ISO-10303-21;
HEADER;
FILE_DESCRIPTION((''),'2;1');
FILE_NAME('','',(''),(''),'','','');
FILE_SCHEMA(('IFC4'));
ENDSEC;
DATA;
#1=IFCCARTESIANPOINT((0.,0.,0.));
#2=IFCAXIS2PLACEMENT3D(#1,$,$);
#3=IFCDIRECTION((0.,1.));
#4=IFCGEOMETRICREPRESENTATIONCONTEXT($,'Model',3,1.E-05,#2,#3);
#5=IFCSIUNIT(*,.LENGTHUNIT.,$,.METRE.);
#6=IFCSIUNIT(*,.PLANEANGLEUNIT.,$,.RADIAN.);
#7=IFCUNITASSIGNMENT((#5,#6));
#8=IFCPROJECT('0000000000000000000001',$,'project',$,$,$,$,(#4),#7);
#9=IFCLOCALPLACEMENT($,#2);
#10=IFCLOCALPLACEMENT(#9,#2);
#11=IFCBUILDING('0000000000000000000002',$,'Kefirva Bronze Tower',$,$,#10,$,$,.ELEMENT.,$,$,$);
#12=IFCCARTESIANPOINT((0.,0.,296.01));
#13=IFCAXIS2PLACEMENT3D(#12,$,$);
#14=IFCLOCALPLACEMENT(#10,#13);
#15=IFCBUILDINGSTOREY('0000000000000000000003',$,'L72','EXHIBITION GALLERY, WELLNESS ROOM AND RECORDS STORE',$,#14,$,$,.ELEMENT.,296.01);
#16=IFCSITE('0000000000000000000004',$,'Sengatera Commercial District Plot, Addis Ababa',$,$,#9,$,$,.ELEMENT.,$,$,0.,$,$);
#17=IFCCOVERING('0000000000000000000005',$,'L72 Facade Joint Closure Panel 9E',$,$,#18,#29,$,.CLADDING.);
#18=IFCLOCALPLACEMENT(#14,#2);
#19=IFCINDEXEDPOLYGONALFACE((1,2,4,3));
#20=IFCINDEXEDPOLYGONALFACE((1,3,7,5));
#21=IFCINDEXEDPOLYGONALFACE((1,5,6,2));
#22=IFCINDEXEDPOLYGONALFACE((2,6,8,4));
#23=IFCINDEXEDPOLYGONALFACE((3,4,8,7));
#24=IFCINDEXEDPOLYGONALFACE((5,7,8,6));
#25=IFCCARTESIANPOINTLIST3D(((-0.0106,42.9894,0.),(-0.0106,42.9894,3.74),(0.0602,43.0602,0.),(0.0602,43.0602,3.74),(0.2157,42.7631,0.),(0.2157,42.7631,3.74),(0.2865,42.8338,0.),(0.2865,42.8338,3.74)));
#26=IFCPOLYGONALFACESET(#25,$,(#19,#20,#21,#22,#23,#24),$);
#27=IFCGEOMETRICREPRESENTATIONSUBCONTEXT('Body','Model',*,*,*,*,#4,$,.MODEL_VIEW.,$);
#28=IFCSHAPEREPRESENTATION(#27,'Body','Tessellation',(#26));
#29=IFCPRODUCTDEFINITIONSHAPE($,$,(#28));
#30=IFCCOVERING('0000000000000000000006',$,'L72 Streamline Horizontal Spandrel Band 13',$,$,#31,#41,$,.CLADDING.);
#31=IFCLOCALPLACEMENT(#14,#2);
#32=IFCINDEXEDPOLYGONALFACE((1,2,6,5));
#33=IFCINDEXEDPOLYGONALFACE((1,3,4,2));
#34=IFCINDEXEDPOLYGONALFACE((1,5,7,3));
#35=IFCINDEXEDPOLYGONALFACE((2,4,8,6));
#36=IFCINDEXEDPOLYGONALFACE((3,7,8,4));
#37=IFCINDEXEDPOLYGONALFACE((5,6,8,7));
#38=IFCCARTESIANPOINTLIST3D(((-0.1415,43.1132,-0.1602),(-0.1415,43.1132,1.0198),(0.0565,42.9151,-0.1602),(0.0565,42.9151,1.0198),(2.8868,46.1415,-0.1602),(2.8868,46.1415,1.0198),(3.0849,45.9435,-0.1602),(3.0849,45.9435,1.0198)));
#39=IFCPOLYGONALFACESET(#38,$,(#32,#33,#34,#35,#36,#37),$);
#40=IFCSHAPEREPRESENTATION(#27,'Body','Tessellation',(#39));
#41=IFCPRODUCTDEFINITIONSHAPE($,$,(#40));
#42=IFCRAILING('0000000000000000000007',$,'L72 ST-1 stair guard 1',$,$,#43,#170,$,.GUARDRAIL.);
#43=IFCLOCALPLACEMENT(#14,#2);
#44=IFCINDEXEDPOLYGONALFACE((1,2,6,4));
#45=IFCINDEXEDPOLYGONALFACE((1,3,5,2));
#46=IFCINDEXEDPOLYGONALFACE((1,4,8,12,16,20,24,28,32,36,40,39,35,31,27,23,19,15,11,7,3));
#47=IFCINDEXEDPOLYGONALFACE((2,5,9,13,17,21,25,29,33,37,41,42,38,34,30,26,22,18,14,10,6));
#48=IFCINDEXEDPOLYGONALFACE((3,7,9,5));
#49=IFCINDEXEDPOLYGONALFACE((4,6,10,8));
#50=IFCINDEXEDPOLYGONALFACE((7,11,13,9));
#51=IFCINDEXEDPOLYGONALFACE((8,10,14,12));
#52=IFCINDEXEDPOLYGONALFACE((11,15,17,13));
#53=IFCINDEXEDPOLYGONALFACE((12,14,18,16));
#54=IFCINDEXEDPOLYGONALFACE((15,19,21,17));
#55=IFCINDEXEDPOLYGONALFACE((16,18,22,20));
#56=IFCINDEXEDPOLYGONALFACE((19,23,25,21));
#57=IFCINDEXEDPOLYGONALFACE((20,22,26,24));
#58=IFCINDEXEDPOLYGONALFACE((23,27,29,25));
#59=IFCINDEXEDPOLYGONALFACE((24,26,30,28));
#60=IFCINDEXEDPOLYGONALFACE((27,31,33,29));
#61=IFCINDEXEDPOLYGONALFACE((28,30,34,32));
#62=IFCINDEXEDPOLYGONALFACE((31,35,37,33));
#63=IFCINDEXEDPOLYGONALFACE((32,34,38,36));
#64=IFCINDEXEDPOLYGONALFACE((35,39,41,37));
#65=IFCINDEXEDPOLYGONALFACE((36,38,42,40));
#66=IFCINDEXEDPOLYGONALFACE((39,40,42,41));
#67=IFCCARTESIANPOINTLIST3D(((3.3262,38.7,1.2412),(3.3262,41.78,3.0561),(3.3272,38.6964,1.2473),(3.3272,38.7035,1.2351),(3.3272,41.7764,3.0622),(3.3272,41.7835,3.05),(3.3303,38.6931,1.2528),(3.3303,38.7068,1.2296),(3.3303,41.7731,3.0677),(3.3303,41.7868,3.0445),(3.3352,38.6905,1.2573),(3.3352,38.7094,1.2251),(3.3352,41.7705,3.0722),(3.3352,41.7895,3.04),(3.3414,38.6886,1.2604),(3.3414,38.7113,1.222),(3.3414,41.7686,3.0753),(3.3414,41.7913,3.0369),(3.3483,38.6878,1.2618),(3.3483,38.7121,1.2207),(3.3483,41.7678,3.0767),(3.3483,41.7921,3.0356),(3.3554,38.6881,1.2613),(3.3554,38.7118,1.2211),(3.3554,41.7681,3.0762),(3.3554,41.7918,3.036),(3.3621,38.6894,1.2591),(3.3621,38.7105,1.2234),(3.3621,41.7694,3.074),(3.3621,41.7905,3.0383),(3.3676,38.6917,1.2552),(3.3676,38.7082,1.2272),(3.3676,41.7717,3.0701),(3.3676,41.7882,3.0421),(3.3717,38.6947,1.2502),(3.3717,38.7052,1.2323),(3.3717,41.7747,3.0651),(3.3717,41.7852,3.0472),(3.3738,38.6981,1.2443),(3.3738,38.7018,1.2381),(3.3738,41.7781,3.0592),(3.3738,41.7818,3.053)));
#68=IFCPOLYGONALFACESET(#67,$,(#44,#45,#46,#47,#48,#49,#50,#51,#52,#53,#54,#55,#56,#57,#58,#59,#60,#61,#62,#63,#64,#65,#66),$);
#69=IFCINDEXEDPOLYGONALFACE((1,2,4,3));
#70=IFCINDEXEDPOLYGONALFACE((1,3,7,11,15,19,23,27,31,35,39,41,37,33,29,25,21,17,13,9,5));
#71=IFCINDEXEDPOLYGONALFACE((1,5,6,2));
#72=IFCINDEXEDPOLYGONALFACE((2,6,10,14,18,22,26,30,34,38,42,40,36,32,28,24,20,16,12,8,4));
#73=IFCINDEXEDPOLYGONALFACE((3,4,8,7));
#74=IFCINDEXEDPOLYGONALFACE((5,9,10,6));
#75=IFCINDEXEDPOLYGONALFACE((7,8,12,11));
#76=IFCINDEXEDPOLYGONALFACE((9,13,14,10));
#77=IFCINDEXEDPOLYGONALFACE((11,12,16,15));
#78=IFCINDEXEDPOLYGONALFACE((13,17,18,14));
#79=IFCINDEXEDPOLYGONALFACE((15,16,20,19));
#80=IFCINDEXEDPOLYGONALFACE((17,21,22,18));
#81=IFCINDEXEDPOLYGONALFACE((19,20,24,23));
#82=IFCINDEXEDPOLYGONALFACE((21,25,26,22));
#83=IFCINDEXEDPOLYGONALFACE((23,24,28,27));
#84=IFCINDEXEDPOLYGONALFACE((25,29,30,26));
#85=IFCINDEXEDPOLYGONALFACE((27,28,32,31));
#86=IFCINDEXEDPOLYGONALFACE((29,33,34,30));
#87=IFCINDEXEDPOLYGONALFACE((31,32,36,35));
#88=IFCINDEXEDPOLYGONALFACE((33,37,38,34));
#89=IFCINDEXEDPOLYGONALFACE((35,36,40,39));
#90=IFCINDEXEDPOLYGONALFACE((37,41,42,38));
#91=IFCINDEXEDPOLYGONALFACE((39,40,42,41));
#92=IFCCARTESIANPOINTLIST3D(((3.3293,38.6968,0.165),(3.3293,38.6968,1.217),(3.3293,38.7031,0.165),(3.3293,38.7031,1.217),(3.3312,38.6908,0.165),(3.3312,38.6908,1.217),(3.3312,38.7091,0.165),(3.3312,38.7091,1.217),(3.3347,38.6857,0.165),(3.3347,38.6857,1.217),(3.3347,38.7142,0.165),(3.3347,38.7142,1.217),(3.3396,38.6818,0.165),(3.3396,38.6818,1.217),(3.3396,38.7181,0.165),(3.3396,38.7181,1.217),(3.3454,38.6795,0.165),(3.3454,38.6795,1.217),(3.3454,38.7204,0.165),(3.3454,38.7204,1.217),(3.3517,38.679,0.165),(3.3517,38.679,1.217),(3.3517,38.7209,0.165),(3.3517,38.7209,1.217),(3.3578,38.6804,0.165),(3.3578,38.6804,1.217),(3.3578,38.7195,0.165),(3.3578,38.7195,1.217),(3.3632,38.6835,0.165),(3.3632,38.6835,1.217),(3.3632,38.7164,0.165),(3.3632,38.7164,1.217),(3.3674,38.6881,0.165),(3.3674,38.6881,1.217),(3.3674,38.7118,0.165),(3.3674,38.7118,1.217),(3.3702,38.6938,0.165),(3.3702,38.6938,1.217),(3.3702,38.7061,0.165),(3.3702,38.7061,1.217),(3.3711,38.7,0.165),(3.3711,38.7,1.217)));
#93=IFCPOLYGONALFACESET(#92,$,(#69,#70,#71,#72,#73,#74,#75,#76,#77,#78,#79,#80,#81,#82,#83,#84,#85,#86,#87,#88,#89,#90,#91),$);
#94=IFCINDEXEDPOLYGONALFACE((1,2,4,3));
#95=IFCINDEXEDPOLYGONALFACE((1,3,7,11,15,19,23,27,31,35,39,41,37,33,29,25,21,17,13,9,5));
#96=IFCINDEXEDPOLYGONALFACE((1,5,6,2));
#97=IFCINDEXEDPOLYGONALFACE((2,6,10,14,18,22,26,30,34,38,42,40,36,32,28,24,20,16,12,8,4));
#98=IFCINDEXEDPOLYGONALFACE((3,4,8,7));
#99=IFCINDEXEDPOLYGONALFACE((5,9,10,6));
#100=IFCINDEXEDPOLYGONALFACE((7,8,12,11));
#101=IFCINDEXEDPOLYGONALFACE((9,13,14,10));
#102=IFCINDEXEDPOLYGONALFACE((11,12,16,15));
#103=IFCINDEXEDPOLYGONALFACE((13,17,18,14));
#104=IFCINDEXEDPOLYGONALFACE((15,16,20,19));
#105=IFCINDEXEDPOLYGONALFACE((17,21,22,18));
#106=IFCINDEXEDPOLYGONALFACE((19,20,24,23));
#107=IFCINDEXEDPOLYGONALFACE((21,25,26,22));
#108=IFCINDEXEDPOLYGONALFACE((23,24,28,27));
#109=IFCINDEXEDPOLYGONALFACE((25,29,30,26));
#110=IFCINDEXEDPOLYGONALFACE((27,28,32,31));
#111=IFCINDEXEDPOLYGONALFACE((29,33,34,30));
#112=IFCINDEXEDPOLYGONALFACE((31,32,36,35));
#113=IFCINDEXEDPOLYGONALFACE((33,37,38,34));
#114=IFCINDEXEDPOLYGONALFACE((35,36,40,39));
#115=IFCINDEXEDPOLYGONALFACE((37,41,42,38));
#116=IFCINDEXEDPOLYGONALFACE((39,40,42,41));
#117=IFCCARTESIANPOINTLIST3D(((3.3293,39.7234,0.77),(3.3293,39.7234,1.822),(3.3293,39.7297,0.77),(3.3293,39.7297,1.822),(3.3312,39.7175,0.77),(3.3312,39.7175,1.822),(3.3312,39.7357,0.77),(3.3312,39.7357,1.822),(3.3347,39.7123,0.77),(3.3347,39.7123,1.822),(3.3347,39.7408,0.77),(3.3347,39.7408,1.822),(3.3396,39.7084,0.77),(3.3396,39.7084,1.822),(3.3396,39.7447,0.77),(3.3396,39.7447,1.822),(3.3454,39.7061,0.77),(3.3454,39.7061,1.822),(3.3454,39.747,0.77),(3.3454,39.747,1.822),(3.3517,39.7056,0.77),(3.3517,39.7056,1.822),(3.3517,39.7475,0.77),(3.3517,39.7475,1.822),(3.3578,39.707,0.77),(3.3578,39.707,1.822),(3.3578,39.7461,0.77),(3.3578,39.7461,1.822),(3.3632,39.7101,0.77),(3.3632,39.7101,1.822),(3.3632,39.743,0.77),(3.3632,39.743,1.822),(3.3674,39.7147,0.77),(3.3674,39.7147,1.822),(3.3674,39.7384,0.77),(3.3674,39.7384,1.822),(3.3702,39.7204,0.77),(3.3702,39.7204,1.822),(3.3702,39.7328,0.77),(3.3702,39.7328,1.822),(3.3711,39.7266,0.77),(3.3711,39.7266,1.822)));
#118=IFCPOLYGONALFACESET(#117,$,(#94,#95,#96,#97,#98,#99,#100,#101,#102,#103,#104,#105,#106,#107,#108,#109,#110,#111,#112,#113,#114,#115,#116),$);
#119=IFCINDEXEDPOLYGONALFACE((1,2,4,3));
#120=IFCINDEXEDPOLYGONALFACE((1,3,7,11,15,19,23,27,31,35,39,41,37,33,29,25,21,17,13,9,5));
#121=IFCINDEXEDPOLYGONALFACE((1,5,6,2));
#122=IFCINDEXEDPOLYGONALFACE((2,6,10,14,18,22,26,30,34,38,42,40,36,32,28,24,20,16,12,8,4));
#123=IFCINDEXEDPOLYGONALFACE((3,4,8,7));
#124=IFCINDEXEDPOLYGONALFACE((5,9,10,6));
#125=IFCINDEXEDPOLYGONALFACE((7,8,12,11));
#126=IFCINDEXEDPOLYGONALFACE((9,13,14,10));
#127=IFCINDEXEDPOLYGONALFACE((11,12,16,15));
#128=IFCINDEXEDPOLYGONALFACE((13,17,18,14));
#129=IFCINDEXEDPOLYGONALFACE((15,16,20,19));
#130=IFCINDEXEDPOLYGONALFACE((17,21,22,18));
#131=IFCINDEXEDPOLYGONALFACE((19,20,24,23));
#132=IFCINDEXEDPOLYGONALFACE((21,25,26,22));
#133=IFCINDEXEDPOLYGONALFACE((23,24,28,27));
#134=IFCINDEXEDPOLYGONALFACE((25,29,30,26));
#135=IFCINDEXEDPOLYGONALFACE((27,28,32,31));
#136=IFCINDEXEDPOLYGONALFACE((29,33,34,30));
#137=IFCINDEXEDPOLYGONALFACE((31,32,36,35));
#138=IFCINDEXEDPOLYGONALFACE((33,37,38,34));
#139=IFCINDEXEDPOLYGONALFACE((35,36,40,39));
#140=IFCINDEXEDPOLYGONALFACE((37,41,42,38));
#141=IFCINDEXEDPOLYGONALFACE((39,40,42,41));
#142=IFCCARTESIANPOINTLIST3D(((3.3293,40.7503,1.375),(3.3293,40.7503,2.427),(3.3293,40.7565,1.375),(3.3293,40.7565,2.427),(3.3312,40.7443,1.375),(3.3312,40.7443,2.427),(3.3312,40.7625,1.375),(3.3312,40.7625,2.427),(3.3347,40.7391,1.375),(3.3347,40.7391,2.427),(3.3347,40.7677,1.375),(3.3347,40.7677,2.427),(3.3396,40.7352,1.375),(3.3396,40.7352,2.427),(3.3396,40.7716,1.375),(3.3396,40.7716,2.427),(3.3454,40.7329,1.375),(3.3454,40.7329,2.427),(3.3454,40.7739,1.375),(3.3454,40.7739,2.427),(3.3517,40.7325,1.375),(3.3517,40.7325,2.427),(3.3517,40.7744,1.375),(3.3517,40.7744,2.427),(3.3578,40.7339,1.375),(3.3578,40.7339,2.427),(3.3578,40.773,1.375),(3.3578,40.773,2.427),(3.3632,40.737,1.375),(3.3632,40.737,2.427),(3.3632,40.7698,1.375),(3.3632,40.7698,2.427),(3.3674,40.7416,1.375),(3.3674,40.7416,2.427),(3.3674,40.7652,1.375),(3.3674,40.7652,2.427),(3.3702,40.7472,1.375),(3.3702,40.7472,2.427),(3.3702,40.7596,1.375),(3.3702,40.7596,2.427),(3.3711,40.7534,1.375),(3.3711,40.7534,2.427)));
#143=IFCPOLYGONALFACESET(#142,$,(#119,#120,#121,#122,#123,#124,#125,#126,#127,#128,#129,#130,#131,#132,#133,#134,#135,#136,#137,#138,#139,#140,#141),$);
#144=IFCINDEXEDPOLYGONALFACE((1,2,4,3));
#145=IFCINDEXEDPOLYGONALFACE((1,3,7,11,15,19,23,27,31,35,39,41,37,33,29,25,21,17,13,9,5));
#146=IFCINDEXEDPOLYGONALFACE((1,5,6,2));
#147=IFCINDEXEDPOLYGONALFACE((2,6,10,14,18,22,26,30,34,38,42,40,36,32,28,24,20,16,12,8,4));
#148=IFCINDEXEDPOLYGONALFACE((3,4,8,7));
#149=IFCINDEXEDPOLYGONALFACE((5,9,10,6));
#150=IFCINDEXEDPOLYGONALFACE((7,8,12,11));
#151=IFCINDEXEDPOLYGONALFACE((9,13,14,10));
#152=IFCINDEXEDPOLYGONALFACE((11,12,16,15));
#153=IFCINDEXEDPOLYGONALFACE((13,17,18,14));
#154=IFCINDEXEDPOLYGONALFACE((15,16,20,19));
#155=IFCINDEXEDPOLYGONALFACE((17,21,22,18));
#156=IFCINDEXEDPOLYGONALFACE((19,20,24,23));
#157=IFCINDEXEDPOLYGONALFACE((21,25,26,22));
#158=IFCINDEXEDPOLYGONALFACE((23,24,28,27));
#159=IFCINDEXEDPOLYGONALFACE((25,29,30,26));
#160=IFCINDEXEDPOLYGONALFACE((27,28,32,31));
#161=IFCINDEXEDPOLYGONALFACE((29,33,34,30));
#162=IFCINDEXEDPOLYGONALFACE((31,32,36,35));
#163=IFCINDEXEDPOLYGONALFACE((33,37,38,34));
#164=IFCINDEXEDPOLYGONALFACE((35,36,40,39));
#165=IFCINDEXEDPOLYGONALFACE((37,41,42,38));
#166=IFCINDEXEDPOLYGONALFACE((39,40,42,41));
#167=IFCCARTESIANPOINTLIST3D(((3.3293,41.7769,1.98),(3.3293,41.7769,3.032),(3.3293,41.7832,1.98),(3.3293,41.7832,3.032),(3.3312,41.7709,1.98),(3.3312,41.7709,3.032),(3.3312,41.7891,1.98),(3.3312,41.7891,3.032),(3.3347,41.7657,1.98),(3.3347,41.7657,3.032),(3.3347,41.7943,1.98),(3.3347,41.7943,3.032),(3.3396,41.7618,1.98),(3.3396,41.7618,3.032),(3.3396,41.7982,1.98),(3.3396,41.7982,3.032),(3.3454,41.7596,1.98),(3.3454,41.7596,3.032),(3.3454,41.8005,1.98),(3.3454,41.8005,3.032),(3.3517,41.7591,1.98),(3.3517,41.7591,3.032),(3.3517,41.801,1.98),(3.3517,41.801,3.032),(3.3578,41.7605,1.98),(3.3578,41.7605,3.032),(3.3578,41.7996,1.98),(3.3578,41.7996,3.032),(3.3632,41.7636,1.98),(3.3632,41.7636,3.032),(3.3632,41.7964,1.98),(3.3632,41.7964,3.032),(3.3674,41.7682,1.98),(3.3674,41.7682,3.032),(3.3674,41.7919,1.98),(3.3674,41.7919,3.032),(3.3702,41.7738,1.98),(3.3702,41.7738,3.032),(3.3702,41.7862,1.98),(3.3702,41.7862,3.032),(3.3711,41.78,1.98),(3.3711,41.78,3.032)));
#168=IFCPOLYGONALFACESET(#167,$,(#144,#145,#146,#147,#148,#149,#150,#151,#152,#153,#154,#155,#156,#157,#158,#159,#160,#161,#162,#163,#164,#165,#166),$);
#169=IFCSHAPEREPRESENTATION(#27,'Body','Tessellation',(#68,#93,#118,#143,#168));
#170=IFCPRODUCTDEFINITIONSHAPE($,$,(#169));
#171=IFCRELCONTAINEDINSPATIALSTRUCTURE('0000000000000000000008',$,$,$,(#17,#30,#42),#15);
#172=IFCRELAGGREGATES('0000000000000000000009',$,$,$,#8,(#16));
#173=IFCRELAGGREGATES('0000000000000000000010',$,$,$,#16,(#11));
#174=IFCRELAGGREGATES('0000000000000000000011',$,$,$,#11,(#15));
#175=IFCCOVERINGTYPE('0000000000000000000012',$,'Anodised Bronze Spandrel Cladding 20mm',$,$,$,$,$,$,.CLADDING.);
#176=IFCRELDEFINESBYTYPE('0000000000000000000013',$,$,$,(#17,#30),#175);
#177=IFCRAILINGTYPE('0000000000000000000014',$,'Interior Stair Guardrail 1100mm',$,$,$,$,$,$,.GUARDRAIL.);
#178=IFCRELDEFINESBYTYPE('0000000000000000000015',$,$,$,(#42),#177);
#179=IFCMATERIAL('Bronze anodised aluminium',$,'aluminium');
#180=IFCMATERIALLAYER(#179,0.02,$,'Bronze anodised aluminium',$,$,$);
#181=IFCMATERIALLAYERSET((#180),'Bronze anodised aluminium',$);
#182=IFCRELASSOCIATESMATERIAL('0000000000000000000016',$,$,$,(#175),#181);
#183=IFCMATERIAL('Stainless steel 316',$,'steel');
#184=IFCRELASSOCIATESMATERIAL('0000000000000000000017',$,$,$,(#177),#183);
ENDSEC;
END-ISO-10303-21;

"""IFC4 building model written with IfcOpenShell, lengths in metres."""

from ifc_helpers import new_model, si_unit, direction, frame, origin, origin_2d, place, context, subcontext, project, spatial, rectangle, circle, extrude, material, layer, layer_set, type_object, element, save


model = new_model("IFC4")

# Units and contexts
model_context = context("Model", 3, precision=1e-05, world=origin(), true_north=direction((0.0, 1.0)))
body_context = subcontext(model_context, "Body", "Model", "MODEL_VIEW")
ifc_project = project(units=[si_unit("LENGTHUNIT", "METRE"), si_unit("PLANEANGLEUNIT", "RADIAN")], contexts=[model_context])

# Site, building, storey
site_placement = place(None, origin())
site = spatial("IfcSite", under=ifc_project, at=site_placement, Name="Sengatera Commercial District Plot, Addis Ababa", CompositionType="ELEMENT", RefElevation=0.0)
building_placement = place(site_placement, origin())
building = spatial("IfcBuilding", under=site, at=building_placement, Name="Kefirva Bronze Tower", CompositionType="ELEMENT")
storey_placement = place(building_placement, frame((0.0, 0.0, 296.01)))
storey = spatial("IfcBuildingStorey", under=building, at=storey_placement, Name="L72", Description="EXHIBITION GALLERY, WELLNESS ROOM AND RECORDS STORE", CompositionType="ELEMENT", Elevation=296.01)

# Coverings
ifc_material_1 = material(Name="Bronze anodised aluminium", Category="aluminium")
ifc_layer_1 = layer(ifc_material_1, 0.02, Name="Bronze anodised aluminium")
ifc_layer_set_1 = layer_set([ifc_layer_1], Name="Bronze anodised aluminium")
covering_type_1 = type_object("IfcCoveringType", Name="Anodised Bronze Spandrel Cladding 20mm", PredefinedType="CLADDING", material=ifc_layer_set_1)
for number, where, z_axis, x_axis, name in (
    (1, (0.1379, 42.9116, 0.0), (0.0, 0.0, 1.0), (-0.707107, -0.707107, 0.0), "L72 Facade Joint Closure Panel 9E"),
):
    element("IfcCovering", number, at=place(storey_placement, frame(where, z_axis=z_axis, x_axis=x_axis)), inside=storey, type_object=covering_type_1, Name=name, PredefinedType="CLADDING", context=body_context, shape_type="SweptSolid", body=[
        extrude(rectangle(XDim=0.1001, YDim=0.3201, at=origin_2d()), origin(), (0.0, 0.0, 1.0), 3.74),
    ])
covering_1_placement = place(storey_placement, frame((1.4717, 44.5283, -0.1602), z_axis=(0.0, 0.0, 1.0), x_axis=(-0.707107, -0.707107, 0.0)))
element("IfcCovering", 2, at=covering_1_placement, inside=storey, type_object=covering_type_1, Name="L72 Streamline Horizontal Spandrel Band 13", PredefinedType="CLADDING", context=body_context, shape_type="SweptSolid", body=[
    extrude(rectangle(XDim=4.2827, YDim=0.28, at=origin_2d()), origin(), (0.0, 0.0, 1.0), 1.1799),
])

# Railing
ifc_material_2 = material(Name="Stainless steel 316", Category="steel")
railing_type_1 = type_object("IfcRailingType", Name="Interior Stair Guardrail 1100mm", PredefinedType="GUARDRAIL", material=ifc_material_2)
railing_1_placement = place(storey_placement, frame((3.3501, 38.7, 0.165)))
element("IfcRailing", 3, at=railing_1_placement, inside=storey, type_object=railing_type_1, Name="L72 ST-1 stair guard 1", PredefinedType="GUARDRAIL", context=body_context, shape_type="SweptSolid", body=[
    extrude(circle(Radius=0.0239, at=origin_2d()), frame((0.0, 0.0, 1.0762), z_axis=(0.0, 0.861551, 0.507671), x_axis=(-1.0, 0.0, 0.0)), (0.0, 0.0, 1.0), 3.575),
    extrude(circle(Radius=0.021, at=origin_2d()), origin(), (0.0, 0.0, 1.0), 1.052),
    extrude(circle(Radius=0.021, at=origin_2d()), frame((0.0, 1.0266, 0.605)), (0.0, 0.0, 1.0), 1.052),
    extrude(circle(Radius=0.021, at=origin_2d()), frame((0.0, 2.0535, 1.21)), (0.0, 0.0, 1.0), 1.052),
    extrude(circle(Radius=0.021, at=origin_2d()), frame((0.0, 3.0801, 1.8149)), (0.0, 0.0, 1.0), 1.052),
])

save(model, "model.ifc")
